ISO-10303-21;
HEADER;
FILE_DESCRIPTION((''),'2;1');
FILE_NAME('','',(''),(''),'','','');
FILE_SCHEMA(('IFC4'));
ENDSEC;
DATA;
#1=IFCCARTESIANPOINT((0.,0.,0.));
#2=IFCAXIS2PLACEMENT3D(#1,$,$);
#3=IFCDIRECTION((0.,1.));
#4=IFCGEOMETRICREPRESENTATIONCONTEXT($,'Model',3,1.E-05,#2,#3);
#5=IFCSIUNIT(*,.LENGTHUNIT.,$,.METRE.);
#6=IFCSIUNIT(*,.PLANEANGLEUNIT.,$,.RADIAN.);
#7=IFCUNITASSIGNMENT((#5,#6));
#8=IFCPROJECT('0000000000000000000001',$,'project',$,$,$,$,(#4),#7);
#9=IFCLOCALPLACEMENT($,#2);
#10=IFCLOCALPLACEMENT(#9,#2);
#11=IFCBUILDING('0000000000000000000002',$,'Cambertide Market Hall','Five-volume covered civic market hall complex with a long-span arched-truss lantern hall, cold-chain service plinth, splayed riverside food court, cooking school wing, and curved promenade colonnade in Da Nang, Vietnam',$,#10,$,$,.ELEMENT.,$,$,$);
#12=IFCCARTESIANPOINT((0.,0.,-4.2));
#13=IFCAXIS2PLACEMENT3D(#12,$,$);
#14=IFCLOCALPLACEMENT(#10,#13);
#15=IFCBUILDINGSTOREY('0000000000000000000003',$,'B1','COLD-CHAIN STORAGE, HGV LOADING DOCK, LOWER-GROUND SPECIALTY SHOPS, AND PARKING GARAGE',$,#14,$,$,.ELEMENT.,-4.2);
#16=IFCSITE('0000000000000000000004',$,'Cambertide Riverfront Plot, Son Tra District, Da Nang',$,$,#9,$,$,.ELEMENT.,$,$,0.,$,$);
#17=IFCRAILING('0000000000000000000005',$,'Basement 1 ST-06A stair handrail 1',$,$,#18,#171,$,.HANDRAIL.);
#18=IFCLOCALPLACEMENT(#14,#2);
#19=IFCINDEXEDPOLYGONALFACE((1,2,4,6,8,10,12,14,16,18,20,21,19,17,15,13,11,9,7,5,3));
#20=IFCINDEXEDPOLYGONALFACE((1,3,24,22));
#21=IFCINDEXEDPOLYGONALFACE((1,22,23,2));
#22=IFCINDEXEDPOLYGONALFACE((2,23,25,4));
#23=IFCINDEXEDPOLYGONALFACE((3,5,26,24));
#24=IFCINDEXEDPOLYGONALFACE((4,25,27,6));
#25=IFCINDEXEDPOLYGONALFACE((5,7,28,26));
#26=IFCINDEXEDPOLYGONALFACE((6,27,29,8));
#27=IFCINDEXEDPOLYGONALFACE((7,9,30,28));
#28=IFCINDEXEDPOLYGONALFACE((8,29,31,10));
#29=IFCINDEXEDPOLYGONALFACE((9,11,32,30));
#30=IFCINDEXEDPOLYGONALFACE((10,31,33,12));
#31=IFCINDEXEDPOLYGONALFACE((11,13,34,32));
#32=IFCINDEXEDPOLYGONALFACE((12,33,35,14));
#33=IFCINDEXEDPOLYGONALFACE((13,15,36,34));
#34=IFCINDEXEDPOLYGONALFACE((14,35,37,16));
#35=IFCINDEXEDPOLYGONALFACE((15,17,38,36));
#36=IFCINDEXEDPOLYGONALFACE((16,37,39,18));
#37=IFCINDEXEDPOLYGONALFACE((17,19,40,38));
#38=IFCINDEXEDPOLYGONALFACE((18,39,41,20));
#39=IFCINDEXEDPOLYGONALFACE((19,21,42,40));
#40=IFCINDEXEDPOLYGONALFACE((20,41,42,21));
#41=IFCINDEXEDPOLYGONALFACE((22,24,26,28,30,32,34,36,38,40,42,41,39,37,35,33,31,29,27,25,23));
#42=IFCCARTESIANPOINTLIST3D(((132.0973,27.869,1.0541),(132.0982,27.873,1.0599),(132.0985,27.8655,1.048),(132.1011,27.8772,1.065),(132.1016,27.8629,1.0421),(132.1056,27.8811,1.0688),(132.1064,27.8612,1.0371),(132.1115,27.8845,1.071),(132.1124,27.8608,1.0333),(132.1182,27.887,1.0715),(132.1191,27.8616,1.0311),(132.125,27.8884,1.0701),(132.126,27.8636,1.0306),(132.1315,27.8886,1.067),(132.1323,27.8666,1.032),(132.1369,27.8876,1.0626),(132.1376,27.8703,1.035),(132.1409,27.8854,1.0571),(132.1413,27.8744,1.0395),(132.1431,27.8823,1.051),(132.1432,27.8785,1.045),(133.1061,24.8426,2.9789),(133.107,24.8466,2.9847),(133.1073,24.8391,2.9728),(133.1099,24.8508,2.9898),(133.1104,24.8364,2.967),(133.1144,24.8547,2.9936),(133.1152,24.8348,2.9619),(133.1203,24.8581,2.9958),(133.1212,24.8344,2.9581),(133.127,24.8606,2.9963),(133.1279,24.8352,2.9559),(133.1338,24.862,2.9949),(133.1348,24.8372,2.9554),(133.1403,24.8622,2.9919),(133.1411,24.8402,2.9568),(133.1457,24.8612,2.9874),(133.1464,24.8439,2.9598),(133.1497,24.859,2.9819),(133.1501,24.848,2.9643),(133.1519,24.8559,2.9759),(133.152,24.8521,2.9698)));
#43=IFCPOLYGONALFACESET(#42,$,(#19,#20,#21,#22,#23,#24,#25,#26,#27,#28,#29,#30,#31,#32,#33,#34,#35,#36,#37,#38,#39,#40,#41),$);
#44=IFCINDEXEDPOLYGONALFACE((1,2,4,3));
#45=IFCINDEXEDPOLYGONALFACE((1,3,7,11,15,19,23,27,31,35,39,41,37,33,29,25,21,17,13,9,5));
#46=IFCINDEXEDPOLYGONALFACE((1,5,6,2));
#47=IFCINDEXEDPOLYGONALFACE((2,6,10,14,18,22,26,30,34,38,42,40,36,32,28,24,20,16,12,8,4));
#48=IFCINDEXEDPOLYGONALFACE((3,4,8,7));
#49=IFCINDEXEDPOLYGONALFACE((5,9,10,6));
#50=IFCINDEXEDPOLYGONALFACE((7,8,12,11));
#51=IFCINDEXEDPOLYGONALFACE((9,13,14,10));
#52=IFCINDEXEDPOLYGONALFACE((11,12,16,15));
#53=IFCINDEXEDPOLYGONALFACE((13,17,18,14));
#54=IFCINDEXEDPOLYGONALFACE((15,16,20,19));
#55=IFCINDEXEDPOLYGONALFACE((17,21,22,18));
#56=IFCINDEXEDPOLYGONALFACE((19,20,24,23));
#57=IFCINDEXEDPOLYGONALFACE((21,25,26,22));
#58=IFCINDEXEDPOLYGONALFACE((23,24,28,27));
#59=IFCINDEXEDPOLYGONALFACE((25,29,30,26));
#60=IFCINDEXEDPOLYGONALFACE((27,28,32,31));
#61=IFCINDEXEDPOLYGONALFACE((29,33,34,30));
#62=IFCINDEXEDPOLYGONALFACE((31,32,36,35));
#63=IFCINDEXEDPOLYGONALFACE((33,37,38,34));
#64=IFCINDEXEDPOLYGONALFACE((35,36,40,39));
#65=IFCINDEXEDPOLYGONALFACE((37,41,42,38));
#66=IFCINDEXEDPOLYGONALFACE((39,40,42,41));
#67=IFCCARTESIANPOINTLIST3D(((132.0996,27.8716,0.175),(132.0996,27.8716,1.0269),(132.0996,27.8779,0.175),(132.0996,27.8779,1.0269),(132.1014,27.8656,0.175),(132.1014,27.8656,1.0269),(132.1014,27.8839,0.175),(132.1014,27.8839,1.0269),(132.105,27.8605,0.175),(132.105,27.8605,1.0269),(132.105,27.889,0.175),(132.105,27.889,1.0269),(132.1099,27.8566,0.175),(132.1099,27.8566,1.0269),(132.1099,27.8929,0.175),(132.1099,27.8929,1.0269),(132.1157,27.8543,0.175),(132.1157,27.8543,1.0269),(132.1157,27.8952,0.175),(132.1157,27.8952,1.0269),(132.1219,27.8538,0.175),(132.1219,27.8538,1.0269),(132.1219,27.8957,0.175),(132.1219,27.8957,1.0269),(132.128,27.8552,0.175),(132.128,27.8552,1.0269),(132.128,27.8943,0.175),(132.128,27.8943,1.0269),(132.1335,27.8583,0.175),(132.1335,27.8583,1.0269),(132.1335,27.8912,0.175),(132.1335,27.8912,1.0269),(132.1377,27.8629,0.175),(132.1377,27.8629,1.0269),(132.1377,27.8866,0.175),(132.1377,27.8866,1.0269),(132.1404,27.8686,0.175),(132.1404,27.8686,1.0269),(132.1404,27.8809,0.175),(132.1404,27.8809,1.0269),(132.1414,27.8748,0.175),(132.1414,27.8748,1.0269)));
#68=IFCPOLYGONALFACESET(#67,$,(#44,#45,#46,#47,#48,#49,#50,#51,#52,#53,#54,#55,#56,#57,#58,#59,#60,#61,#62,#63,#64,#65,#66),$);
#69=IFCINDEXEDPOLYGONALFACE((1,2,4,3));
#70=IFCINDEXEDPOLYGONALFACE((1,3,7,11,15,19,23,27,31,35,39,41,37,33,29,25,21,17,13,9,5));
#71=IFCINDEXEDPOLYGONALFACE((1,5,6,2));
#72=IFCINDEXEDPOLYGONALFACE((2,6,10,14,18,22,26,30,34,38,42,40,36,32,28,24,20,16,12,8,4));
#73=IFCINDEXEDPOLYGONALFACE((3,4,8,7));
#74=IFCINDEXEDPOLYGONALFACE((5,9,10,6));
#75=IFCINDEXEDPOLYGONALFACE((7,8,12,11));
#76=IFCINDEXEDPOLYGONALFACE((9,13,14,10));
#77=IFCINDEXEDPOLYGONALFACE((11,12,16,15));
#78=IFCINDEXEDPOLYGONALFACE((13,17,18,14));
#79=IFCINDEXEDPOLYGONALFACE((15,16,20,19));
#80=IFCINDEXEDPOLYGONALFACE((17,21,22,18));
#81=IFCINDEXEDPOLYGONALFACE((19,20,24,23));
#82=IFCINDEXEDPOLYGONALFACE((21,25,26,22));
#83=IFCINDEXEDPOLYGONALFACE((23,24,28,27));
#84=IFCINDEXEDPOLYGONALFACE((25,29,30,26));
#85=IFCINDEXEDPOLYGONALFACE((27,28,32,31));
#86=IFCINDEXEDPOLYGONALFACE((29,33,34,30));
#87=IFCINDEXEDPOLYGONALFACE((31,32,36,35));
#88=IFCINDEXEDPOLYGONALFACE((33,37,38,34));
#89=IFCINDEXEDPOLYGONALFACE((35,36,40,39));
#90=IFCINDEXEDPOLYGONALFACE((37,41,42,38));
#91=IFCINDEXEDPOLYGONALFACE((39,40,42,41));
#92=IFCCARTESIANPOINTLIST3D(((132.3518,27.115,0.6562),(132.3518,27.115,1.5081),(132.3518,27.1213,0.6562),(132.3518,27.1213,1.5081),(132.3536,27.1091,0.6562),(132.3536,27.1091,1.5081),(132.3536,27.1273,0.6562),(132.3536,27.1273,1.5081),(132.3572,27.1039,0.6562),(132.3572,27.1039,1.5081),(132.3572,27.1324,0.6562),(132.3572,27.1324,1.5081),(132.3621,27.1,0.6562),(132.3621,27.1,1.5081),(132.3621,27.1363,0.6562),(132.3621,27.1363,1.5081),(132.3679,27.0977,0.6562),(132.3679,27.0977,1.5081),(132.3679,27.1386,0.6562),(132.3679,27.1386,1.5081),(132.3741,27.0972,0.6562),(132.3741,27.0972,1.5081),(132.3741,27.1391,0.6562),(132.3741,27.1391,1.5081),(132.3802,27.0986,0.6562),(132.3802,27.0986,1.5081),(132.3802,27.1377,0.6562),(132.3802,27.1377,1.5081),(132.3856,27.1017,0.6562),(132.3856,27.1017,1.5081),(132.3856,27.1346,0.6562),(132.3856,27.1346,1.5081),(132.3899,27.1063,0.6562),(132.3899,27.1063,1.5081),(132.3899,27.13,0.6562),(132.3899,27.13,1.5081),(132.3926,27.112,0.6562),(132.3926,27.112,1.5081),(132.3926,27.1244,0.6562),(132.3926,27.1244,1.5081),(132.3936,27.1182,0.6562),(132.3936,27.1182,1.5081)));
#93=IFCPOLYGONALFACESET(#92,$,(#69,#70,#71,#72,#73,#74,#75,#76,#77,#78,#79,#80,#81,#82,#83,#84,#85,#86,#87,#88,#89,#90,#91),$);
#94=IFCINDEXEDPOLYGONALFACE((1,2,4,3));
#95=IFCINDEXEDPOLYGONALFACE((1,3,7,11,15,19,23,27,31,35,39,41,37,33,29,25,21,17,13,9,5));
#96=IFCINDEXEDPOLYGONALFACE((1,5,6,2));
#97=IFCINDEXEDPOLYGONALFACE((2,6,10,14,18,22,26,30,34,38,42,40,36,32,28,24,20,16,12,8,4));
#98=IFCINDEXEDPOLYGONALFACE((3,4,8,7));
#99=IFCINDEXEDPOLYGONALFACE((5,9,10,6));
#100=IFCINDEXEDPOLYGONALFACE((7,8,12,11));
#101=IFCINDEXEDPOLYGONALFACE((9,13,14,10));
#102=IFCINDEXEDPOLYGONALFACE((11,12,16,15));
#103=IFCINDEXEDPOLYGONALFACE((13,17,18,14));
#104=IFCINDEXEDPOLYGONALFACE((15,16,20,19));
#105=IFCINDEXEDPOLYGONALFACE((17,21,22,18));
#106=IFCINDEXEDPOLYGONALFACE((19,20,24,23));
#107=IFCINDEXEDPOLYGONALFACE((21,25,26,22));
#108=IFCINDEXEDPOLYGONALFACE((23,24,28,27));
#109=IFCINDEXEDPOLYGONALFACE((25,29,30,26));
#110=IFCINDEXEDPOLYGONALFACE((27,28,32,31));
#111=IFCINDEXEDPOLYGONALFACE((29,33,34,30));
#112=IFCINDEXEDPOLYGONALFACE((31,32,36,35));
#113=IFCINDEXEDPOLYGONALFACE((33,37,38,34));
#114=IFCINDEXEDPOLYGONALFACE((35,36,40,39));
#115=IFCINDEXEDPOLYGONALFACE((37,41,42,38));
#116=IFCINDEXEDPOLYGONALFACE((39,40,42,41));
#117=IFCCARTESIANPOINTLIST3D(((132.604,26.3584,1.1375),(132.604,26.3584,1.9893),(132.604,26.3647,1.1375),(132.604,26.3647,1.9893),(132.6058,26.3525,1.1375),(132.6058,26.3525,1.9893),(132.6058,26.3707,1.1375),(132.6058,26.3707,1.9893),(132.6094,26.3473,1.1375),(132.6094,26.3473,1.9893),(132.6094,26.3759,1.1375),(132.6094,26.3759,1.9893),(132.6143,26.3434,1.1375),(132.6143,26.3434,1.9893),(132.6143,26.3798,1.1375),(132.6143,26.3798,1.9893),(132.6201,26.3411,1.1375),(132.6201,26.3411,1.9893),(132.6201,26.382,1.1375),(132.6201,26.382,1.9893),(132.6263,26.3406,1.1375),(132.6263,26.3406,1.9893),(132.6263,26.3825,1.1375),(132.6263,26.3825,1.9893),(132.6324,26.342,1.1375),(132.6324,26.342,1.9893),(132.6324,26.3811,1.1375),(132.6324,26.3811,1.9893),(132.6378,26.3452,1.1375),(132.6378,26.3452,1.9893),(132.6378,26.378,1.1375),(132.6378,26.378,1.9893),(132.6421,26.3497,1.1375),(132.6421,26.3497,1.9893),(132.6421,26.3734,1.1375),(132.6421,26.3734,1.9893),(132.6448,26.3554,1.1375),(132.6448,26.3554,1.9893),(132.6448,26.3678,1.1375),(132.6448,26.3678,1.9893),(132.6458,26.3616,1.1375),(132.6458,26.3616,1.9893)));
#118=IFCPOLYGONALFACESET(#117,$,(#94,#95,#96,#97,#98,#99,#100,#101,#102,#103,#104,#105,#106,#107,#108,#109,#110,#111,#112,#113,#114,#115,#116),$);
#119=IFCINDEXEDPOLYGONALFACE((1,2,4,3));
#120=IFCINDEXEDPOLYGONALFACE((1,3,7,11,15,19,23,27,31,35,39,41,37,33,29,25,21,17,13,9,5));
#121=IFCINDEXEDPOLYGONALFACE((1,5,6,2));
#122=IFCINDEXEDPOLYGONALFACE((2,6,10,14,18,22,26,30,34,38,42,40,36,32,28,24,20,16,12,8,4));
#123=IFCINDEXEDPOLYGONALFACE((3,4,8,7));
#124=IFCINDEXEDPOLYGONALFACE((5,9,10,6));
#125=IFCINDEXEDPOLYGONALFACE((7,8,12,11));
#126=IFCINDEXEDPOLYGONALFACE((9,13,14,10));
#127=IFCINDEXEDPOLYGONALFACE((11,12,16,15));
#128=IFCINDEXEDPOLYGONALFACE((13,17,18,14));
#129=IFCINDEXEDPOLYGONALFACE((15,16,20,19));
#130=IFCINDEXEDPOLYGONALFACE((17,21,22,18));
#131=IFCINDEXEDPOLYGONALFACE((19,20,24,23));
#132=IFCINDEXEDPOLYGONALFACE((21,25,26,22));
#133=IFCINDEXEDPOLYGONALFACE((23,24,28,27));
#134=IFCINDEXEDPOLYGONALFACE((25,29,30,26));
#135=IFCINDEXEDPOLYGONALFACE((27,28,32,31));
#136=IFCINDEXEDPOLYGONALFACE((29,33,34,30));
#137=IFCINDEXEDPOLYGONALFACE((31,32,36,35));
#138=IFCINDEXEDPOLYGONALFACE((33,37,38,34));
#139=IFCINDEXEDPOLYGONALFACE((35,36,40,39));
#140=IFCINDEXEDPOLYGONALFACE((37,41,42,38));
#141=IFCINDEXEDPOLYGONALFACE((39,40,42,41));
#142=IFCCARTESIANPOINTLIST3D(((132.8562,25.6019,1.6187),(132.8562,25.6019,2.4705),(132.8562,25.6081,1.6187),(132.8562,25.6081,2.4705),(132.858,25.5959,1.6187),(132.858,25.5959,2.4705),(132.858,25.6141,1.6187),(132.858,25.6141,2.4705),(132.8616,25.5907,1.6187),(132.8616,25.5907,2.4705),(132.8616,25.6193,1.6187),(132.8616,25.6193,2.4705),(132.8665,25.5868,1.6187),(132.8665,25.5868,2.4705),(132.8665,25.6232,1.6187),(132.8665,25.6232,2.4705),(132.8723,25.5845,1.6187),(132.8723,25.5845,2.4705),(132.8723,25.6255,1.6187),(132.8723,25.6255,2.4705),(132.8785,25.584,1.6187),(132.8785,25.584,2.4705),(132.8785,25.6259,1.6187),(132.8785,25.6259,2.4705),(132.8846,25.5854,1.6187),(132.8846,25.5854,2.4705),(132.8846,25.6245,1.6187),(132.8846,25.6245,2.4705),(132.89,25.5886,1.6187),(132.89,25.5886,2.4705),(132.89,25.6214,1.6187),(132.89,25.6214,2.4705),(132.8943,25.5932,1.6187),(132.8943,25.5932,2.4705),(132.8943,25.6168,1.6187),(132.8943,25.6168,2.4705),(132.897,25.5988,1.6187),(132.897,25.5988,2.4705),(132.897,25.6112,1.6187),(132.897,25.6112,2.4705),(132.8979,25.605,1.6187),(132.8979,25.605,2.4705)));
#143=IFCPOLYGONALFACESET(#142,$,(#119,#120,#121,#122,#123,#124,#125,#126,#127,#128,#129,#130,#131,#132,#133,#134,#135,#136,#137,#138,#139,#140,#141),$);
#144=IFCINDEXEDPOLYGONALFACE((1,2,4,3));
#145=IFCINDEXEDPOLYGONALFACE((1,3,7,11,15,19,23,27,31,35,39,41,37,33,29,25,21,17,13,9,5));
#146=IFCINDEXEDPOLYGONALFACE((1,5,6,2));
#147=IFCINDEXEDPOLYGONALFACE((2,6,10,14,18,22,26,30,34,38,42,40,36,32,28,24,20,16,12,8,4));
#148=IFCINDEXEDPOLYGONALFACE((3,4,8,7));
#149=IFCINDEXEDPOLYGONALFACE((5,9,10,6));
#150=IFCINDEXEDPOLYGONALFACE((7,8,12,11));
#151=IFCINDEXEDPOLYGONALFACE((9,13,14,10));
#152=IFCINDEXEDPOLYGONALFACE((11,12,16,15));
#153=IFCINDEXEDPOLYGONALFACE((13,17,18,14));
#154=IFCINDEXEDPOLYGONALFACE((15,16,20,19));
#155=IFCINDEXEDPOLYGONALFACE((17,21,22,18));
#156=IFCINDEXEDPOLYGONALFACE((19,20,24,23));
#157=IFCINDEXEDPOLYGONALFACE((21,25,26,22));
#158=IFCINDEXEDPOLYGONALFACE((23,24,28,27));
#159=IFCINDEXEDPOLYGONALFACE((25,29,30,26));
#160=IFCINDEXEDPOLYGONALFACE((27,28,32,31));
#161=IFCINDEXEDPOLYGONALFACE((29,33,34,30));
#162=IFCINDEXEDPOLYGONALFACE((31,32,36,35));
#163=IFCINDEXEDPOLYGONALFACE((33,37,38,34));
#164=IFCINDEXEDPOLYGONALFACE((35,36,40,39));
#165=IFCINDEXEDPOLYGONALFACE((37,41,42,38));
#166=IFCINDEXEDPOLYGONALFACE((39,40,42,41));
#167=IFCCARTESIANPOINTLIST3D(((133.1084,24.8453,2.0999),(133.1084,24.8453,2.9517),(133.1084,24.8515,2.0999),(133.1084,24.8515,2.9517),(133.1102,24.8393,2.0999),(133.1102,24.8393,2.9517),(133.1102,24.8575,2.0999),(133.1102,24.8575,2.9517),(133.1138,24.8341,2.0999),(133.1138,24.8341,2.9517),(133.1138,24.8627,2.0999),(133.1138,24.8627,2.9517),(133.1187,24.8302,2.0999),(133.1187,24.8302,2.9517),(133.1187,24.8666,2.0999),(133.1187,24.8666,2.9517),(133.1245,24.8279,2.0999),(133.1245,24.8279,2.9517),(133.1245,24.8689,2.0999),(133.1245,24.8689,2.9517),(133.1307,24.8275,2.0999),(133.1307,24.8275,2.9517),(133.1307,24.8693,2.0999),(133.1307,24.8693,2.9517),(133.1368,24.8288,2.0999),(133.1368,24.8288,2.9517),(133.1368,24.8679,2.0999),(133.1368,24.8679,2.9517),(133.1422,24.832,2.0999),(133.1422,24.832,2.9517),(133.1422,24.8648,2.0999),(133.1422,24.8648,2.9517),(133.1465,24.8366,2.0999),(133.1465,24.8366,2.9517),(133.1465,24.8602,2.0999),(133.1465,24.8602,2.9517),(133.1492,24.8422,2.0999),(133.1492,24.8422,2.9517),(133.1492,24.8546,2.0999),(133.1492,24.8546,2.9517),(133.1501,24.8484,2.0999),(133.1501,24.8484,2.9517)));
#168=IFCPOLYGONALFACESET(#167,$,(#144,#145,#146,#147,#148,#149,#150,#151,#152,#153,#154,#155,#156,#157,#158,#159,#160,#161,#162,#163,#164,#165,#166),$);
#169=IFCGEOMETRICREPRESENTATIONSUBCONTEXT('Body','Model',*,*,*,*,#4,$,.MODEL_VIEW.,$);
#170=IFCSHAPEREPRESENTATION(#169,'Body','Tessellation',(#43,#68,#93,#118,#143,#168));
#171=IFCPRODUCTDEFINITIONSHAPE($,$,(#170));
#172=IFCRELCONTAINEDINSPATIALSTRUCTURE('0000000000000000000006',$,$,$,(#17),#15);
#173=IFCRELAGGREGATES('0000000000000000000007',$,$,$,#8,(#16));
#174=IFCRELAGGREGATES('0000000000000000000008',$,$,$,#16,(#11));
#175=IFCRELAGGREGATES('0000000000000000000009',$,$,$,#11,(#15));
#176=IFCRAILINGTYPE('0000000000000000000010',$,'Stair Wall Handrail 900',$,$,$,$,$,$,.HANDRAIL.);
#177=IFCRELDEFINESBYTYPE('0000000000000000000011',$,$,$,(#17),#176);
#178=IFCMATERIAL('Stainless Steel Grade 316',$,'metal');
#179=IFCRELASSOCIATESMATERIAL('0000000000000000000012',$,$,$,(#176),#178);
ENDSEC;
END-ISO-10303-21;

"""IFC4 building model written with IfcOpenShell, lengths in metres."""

from ifc_helpers import new_model, si_unit, direction, frame, origin, origin_2d, place, context, subcontext, project, spatial, circle, extrude, material, type_object, element, save


model = new_model("IFC4")

# Units and contexts
model_context = context("Model", 3, precision=1e-05, world=origin(), true_north=direction((0.0, 1.0)))
body_context = subcontext(model_context, "Body", "Model", "MODEL_VIEW")
ifc_project = project(units=[si_unit("LENGTHUNIT", "METRE"), si_unit("PLANEANGLEUNIT", "RADIAN")], contexts=[model_context])

# Site, building, storey
site_placement = place(None, origin())
site = spatial("IfcSite", under=ifc_project, at=site_placement, Name="Cambertide Riverfront Plot, Son Tra District, Da Nang", CompositionType="ELEMENT", RefElevation=0.0)
building_placement = place(site_placement, origin())
building = spatial("IfcBuilding", under=site, at=building_placement, Name="Cambertide Market Hall", Description="Five-volume covered civic market hall complex with a long-span arched-truss lantern hall, cold-chain service plinth, splayed riverside food court, cooking school wing, and curved promenade colonnade in Da Nang, Vietnam", CompositionType="ELEMENT")
storey_placement = place(building_placement, frame((0.0, 0.0, -4.2)))
storey = spatial("IfcBuildingStorey", under=building, at=storey_placement, Name="B1", Description="COLD-CHAIN STORAGE, HGV LOADING DOCK, LOWER-GROUND SPECIALTY SHOPS, AND PARKING GARAGE", CompositionType="ELEMENT", Elevation=-4.2)

# Railing
ifc_material_1 = material(Name="Stainless Steel Grade 316", Category="metal")
railing_type_1 = type_object("IfcRailingType", Name="Stair Wall Handrail 900", PredefinedType="HANDRAIL", material=ifc_material_1)
railing_1_placement = place(storey_placement, frame((132.1204, 27.8748, 0.175)))
element("IfcRailing", 1, at=railing_1_placement, inside=storey, type_object=railing_type_1, Name="Basement 1 ST-06A stair handrail 1", PredefinedType="HANDRAIL", context=body_context, shape_type="SweptSolid", body=[
    extrude(circle(Radius=0.0239, at=origin_2d()), frame((0.0, 0.0, 0.876), z_axis=(0.270759, -0.812278, 0.516618), x_axis=(0.948683, 0.316228, 0.0)), (0.0, 0.0, 1.0), 3.7258),
    extrude(circle(Radius=0.021, at=origin_2d()), origin(), (0.0, 0.0, 1.0), 0.8518),
    extrude(circle(Radius=0.021, at=origin_2d()), frame((0.2522, -0.7566, 0.4812)), (0.0, 0.0, 1.0), 0.8518),
    extrude(circle(Radius=0.021, at=origin_2d()), frame((0.5044, -1.5132, 0.9624)), (0.0, 0.0, 1.0), 0.8518),
    extrude(circle(Radius=0.021, at=origin_2d()), frame((0.7566, -2.2698, 1.4436)), (0.0, 0.0, 1.0), 0.8518),
    extrude(circle(Radius=0.021, at=origin_2d()), frame((1.0088, -3.0264, 1.9248)), (0.0, 0.0, 1.0), 0.8518),
])

save(model, "model.ifc")
